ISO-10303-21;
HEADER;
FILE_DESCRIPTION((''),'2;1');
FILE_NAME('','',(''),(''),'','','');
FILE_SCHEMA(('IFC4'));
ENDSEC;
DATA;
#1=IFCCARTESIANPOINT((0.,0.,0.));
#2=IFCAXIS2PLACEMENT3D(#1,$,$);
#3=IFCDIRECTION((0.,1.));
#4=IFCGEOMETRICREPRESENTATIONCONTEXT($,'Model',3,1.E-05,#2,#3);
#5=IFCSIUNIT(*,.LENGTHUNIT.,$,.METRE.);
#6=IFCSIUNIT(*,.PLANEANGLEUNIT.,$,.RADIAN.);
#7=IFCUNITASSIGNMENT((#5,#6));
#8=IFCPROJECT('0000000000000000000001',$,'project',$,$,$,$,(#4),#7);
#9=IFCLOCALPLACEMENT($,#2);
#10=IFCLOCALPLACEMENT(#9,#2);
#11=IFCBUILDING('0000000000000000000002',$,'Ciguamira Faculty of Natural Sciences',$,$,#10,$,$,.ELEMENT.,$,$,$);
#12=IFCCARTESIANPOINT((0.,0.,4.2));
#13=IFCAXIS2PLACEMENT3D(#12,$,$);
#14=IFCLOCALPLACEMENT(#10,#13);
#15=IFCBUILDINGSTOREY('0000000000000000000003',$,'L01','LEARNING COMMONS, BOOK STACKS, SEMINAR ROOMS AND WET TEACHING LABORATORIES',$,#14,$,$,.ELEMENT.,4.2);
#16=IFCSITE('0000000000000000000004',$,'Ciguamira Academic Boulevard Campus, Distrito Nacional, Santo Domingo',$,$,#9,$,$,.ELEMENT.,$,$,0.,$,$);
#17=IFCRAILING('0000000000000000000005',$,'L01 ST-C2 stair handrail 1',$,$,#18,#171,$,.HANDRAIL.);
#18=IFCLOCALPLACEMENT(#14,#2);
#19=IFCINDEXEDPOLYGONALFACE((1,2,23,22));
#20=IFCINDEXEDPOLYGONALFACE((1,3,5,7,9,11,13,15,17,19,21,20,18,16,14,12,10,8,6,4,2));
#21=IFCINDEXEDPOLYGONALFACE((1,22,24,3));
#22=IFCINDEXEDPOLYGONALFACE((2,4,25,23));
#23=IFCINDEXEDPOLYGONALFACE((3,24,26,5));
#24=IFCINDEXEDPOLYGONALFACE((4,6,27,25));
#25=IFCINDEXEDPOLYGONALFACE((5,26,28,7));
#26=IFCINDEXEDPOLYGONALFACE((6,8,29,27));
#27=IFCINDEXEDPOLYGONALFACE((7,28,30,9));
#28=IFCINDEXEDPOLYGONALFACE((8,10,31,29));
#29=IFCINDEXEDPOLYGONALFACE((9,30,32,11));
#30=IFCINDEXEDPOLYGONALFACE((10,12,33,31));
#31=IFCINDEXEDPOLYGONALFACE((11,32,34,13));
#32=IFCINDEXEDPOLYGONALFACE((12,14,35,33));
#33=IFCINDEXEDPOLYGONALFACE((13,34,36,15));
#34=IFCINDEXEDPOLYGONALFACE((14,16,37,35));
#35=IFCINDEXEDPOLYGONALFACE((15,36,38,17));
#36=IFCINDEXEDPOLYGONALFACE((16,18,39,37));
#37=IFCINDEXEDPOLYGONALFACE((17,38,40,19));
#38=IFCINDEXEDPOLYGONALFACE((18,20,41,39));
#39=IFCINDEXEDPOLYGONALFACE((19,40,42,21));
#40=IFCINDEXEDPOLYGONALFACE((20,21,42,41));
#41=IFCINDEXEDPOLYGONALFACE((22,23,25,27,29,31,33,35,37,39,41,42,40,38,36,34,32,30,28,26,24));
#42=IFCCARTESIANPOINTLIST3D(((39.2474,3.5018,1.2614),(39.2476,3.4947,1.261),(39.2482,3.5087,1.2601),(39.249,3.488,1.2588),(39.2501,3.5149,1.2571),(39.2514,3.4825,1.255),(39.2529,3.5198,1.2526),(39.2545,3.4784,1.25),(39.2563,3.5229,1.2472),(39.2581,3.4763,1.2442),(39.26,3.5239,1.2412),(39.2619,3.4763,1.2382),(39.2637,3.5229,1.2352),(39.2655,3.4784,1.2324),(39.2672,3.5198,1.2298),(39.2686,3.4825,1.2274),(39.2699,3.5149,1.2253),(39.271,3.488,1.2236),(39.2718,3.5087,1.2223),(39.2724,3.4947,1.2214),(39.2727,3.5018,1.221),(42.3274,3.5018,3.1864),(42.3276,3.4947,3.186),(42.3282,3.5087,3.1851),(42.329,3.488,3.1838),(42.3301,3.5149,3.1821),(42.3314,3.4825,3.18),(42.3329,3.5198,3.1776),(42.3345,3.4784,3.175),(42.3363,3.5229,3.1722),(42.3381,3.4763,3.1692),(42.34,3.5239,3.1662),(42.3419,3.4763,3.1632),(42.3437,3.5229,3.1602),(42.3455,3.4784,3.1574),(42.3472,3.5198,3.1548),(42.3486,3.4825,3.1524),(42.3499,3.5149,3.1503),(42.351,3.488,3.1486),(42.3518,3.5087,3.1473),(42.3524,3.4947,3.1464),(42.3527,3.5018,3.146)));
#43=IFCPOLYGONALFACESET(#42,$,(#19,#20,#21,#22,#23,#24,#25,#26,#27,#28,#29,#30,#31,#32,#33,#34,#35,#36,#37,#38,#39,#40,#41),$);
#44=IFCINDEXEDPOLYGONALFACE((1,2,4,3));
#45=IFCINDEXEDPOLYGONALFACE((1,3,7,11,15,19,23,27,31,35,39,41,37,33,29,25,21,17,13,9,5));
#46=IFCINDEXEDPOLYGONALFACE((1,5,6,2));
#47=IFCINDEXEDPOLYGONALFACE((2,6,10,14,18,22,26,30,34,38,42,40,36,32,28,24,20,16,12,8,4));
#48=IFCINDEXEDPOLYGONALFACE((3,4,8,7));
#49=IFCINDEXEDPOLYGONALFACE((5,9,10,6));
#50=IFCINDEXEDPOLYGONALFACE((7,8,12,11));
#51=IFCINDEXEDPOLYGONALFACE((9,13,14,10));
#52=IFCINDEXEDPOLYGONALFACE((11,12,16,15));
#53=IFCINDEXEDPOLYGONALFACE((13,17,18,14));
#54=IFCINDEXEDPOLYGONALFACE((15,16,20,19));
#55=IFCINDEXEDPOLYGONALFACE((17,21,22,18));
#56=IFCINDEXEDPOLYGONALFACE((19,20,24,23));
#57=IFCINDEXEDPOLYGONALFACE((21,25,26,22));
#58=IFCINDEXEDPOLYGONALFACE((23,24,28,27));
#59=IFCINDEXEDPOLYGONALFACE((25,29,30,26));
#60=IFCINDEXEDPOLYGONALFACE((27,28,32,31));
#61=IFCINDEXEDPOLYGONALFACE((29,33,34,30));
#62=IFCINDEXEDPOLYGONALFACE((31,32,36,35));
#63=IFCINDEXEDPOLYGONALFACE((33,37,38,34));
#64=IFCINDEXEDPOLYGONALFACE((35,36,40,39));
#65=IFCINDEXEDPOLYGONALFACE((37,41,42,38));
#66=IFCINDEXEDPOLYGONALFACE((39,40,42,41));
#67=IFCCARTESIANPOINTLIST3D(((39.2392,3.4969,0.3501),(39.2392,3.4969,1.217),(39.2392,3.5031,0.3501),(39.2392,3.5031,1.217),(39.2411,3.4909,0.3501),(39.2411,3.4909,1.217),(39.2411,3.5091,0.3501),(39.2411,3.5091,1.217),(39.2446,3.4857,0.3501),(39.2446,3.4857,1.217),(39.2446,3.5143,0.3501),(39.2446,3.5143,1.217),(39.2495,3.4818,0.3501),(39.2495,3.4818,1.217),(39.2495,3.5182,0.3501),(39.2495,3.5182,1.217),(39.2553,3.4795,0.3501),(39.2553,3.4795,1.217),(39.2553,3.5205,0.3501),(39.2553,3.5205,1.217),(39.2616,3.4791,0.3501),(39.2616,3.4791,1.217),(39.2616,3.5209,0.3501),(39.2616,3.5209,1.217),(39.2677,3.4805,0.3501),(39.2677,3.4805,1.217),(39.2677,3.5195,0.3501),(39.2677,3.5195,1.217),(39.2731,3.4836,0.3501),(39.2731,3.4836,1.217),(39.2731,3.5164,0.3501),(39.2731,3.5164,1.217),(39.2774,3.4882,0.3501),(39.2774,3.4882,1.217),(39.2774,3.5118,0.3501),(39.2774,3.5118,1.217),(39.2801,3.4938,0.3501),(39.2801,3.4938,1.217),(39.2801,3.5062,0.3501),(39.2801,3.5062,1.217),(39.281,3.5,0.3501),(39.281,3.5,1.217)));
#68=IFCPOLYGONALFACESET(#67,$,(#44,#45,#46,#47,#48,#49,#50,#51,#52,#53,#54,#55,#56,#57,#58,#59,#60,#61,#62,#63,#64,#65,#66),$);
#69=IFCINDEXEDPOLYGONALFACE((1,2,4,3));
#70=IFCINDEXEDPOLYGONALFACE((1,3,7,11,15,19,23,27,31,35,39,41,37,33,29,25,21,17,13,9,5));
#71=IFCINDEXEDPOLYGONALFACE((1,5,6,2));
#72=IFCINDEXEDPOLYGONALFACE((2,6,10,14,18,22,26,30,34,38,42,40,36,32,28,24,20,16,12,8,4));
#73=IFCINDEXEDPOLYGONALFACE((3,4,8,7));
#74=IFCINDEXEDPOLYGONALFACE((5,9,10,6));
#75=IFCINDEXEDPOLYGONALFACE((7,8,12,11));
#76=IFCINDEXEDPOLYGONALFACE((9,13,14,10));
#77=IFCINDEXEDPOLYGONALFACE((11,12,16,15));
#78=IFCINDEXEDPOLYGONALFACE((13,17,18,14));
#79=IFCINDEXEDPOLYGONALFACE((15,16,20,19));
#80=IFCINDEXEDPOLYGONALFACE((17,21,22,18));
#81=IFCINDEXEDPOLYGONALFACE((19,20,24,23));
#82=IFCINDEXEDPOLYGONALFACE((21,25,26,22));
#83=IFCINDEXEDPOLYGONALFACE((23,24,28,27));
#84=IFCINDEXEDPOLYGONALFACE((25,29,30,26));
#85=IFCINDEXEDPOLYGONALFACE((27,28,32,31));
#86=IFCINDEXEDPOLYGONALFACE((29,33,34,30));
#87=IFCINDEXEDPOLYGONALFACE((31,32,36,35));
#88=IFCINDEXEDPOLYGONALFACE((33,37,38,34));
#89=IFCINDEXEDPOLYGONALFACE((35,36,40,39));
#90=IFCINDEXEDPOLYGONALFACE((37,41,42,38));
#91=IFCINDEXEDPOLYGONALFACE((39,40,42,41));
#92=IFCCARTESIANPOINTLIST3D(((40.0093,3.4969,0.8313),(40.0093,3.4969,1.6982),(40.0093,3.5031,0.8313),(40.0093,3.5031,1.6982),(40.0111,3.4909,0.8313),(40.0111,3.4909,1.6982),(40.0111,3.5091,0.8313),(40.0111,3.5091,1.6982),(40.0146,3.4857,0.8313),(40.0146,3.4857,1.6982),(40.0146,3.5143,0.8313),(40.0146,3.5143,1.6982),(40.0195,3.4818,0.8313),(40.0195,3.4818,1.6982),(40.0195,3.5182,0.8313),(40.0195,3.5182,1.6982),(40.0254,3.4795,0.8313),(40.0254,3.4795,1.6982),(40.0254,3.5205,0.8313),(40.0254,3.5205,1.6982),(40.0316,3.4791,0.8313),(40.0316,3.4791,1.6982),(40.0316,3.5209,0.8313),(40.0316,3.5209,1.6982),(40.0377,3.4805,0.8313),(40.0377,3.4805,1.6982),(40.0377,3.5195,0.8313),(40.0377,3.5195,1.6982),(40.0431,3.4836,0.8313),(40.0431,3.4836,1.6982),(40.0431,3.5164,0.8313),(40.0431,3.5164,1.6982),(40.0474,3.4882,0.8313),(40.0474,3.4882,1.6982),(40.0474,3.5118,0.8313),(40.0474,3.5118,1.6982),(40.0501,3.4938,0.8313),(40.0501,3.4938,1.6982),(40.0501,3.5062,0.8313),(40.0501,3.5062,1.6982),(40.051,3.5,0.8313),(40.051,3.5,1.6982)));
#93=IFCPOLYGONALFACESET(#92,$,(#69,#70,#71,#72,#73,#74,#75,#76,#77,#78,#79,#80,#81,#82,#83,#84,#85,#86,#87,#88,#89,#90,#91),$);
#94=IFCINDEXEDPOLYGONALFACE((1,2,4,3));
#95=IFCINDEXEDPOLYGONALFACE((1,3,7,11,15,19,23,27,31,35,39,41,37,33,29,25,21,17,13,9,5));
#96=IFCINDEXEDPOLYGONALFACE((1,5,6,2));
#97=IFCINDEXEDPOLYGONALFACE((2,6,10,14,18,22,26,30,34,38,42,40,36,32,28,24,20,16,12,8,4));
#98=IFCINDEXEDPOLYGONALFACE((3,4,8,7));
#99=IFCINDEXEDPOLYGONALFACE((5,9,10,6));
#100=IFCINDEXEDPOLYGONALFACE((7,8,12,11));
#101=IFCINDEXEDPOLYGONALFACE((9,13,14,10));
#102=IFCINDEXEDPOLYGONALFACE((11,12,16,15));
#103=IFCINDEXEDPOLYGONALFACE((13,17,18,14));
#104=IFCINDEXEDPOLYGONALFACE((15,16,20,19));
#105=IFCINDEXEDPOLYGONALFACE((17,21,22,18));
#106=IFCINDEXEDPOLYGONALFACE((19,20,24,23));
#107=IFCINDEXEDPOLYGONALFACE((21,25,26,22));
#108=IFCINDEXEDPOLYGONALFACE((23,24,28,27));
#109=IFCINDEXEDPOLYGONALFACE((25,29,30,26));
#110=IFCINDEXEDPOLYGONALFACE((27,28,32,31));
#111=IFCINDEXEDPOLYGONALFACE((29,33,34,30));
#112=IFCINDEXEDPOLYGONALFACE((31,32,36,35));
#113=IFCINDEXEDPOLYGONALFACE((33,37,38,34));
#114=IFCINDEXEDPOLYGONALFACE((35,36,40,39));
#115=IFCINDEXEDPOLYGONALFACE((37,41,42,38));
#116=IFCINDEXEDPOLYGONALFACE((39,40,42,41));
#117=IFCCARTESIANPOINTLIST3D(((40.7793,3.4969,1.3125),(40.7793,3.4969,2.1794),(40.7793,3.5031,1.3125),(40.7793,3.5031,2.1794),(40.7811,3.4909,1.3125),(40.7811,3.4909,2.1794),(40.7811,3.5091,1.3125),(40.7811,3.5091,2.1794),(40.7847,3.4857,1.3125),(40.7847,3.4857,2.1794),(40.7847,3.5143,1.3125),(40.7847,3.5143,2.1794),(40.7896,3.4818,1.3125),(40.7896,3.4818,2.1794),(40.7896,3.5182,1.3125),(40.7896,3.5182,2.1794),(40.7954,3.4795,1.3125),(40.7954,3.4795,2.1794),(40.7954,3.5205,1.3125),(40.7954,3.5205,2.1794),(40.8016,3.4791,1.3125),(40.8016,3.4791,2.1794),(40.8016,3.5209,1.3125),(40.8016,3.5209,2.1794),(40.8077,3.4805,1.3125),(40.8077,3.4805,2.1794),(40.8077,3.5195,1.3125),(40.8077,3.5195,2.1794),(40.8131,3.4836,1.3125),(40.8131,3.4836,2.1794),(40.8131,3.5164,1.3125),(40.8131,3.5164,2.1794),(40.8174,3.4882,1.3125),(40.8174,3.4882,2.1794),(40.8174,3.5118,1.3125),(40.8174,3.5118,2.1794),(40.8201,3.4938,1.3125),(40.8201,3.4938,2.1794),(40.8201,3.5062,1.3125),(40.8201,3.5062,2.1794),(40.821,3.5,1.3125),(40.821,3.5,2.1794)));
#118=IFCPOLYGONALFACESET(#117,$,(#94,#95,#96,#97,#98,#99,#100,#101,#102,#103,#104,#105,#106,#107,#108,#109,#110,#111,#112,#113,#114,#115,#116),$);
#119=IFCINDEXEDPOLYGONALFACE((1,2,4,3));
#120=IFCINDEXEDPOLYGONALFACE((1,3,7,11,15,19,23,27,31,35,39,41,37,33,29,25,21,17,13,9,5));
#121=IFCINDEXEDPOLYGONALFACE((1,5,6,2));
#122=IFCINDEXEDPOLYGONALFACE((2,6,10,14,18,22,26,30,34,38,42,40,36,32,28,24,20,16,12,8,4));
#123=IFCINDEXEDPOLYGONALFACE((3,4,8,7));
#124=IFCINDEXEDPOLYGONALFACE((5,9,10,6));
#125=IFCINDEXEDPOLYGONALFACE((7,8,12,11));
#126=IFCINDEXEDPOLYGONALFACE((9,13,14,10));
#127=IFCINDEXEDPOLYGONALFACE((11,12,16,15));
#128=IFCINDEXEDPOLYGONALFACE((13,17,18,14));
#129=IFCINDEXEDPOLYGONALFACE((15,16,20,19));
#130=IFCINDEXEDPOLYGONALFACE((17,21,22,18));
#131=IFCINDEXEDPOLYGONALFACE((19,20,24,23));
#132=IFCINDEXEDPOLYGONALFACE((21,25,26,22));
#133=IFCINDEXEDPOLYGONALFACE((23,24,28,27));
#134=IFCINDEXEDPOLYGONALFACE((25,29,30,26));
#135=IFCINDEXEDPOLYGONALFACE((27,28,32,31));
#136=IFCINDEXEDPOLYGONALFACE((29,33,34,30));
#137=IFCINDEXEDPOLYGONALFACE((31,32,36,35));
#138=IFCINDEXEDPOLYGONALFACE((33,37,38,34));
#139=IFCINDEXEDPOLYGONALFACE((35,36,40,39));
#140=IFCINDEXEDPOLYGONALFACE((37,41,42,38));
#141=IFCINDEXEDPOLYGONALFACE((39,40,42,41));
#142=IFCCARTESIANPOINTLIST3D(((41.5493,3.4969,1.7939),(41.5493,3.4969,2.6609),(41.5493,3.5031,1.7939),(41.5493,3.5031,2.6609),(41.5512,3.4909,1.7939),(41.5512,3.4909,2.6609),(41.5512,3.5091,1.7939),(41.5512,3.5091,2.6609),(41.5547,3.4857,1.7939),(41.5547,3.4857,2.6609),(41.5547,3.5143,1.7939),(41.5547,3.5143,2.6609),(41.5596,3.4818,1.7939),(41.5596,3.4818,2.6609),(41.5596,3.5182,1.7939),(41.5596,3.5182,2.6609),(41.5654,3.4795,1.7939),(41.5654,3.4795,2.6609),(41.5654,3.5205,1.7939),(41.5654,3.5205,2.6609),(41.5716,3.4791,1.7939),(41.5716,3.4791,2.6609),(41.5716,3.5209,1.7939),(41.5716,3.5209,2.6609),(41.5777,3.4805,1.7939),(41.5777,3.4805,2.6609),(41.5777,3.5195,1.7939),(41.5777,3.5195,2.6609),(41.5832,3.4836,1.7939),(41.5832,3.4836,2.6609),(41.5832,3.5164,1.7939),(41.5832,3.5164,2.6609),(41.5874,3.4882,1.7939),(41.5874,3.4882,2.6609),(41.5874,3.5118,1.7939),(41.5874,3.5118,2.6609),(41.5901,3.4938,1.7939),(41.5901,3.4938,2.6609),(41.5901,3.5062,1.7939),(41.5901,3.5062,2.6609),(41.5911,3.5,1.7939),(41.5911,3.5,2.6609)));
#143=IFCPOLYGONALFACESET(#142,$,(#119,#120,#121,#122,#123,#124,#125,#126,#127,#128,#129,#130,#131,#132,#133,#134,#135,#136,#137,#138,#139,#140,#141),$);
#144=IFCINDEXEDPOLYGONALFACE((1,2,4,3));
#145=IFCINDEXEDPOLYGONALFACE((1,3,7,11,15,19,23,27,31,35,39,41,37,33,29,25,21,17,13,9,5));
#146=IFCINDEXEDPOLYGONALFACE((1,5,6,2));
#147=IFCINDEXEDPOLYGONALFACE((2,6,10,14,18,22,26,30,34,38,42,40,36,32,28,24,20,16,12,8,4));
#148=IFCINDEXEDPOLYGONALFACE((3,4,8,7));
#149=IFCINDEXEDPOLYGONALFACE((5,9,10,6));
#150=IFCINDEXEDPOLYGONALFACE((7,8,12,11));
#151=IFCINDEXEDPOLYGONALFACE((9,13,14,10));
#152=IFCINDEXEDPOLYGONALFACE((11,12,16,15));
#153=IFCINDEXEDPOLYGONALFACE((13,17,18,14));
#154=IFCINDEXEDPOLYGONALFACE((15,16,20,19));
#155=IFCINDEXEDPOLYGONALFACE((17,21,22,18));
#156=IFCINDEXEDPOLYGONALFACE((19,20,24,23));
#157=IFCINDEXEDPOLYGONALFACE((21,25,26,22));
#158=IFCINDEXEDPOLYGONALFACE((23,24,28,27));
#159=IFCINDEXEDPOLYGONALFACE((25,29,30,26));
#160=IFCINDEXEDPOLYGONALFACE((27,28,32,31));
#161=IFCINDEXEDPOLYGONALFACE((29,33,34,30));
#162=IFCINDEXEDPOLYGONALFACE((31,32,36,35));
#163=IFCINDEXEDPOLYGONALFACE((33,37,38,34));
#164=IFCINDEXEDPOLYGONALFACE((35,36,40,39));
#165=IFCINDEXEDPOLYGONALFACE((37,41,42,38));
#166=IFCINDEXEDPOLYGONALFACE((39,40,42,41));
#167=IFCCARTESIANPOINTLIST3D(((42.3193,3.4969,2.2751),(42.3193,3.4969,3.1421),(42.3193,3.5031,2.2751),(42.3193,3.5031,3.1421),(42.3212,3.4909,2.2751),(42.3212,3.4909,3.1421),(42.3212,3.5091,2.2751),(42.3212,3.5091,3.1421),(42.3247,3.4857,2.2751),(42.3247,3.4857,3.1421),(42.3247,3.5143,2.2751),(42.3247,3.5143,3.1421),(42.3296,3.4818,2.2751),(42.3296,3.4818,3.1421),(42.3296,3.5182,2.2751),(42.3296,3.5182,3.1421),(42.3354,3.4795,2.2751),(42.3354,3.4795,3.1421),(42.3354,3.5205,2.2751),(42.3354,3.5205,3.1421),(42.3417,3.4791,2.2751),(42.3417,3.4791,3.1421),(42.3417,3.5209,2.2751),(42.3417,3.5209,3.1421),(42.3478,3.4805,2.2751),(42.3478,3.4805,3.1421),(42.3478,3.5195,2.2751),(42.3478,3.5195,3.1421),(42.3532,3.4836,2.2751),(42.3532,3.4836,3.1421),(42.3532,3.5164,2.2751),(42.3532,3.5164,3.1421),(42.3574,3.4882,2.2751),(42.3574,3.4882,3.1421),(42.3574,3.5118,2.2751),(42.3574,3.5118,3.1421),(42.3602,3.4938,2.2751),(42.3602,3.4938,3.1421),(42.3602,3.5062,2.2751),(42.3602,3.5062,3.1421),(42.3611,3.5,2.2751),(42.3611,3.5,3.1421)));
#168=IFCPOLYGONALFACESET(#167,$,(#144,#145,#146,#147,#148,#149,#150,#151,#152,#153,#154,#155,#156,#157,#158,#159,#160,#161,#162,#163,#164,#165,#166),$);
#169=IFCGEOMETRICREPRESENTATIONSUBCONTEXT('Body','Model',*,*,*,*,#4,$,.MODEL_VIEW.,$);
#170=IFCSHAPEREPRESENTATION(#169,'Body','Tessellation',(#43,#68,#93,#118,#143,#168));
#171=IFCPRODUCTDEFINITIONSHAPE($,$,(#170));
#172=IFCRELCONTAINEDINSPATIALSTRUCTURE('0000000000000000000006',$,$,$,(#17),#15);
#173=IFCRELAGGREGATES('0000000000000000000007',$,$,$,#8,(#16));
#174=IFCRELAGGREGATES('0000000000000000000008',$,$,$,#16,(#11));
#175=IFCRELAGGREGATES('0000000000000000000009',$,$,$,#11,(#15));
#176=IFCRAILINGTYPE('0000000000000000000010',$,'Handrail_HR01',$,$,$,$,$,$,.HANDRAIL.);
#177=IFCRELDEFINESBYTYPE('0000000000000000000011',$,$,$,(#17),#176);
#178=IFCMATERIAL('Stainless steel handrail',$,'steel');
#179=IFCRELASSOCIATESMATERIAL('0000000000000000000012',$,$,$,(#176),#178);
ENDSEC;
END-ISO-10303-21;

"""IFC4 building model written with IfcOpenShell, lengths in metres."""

from ifc_helpers import new_model, si_unit, direction, frame, origin, origin_2d, place, context, subcontext, project, spatial, circle, extrude, material, type_object, element, save


model = new_model("IFC4")

# Units and contexts
model_context = context("Model", 3, precision=1e-05, world=origin(), true_north=direction((0.0, 1.0)))
body_context = subcontext(model_context, "Body", "Model", "MODEL_VIEW")
ifc_project = project(units=[si_unit("LENGTHUNIT", "METRE"), si_unit("PLANEANGLEUNIT", "RADIAN")], contexts=[model_context])

# Site, building, storey
site_placement = place(None, origin())
site = spatial("IfcSite", under=ifc_project, at=site_placement, Name="Ciguamira Academic Boulevard Campus, Distrito Nacional, Santo Domingo", CompositionType="ELEMENT", RefElevation=0.0)
building_placement = place(site_placement, origin())
building = spatial("IfcBuilding", under=site, at=building_placement, Name="Ciguamira Faculty of Natural Sciences", CompositionType="ELEMENT")
storey_placement = place(building_placement, frame((0.0, 0.0, 4.2)))
storey = spatial("IfcBuildingStorey", under=building, at=storey_placement, Name="L01", Description="LEARNING COMMONS, BOOK STACKS, SEMINAR ROOMS AND WET TEACHING LABORATORIES", CompositionType="ELEMENT", Elevation=4.2)

# Railing
ifc_material_1 = material(Name="Stainless steel handrail", Category="steel")
railing_type_1 = type_object("IfcRailingType", Name="Handrail_HR01", PredefinedType="HANDRAIL", material=ifc_material_1)
railing_1_placement = place(storey_placement, frame((39.26, 3.5, 0.3501)))
element("IfcRailing", 1, at=railing_1_placement, inside=storey, type_object=railing_type_1, Name="L01 ST-C2 stair handrail 1", PredefinedType="HANDRAIL", context=body_context, shape_type="SweptSolid", body=[
    extrude(circle(Radius=0.0239, at=origin_2d()), frame((0.0, 0.0, 0.8911), z_axis=(0.847998, 0.0, 0.529999), x_axis=(0.0, 1.0, 0.0)), (0.0, 0.0, 1.0), 3.6321),
    extrude(circle(Radius=0.021, at=origin_2d()), origin(), (0.0, 0.0, 1.0), 0.8669),
    extrude(circle(Radius=0.021, at=origin_2d()), frame((0.77, 0.0, 0.4812)), (0.0, 0.0, 1.0), 0.8669),
    extrude(circle(Radius=0.021, at=origin_2d()), frame((1.54, 0.0, 0.9624)), (0.0, 0.0, 1.0), 0.8669),
    extrude(circle(Radius=0.021, at=origin_2d()), frame((2.3101, 0.0, 1.4438)), (0.0, 0.0, 1.0), 0.8669),
    extrude(circle(Radius=0.021, at=origin_2d()), frame((3.0801, 0.0, 1.925)), (0.0, 0.0, 1.0), 0.8669),
])

save(model, "model.ifc")
